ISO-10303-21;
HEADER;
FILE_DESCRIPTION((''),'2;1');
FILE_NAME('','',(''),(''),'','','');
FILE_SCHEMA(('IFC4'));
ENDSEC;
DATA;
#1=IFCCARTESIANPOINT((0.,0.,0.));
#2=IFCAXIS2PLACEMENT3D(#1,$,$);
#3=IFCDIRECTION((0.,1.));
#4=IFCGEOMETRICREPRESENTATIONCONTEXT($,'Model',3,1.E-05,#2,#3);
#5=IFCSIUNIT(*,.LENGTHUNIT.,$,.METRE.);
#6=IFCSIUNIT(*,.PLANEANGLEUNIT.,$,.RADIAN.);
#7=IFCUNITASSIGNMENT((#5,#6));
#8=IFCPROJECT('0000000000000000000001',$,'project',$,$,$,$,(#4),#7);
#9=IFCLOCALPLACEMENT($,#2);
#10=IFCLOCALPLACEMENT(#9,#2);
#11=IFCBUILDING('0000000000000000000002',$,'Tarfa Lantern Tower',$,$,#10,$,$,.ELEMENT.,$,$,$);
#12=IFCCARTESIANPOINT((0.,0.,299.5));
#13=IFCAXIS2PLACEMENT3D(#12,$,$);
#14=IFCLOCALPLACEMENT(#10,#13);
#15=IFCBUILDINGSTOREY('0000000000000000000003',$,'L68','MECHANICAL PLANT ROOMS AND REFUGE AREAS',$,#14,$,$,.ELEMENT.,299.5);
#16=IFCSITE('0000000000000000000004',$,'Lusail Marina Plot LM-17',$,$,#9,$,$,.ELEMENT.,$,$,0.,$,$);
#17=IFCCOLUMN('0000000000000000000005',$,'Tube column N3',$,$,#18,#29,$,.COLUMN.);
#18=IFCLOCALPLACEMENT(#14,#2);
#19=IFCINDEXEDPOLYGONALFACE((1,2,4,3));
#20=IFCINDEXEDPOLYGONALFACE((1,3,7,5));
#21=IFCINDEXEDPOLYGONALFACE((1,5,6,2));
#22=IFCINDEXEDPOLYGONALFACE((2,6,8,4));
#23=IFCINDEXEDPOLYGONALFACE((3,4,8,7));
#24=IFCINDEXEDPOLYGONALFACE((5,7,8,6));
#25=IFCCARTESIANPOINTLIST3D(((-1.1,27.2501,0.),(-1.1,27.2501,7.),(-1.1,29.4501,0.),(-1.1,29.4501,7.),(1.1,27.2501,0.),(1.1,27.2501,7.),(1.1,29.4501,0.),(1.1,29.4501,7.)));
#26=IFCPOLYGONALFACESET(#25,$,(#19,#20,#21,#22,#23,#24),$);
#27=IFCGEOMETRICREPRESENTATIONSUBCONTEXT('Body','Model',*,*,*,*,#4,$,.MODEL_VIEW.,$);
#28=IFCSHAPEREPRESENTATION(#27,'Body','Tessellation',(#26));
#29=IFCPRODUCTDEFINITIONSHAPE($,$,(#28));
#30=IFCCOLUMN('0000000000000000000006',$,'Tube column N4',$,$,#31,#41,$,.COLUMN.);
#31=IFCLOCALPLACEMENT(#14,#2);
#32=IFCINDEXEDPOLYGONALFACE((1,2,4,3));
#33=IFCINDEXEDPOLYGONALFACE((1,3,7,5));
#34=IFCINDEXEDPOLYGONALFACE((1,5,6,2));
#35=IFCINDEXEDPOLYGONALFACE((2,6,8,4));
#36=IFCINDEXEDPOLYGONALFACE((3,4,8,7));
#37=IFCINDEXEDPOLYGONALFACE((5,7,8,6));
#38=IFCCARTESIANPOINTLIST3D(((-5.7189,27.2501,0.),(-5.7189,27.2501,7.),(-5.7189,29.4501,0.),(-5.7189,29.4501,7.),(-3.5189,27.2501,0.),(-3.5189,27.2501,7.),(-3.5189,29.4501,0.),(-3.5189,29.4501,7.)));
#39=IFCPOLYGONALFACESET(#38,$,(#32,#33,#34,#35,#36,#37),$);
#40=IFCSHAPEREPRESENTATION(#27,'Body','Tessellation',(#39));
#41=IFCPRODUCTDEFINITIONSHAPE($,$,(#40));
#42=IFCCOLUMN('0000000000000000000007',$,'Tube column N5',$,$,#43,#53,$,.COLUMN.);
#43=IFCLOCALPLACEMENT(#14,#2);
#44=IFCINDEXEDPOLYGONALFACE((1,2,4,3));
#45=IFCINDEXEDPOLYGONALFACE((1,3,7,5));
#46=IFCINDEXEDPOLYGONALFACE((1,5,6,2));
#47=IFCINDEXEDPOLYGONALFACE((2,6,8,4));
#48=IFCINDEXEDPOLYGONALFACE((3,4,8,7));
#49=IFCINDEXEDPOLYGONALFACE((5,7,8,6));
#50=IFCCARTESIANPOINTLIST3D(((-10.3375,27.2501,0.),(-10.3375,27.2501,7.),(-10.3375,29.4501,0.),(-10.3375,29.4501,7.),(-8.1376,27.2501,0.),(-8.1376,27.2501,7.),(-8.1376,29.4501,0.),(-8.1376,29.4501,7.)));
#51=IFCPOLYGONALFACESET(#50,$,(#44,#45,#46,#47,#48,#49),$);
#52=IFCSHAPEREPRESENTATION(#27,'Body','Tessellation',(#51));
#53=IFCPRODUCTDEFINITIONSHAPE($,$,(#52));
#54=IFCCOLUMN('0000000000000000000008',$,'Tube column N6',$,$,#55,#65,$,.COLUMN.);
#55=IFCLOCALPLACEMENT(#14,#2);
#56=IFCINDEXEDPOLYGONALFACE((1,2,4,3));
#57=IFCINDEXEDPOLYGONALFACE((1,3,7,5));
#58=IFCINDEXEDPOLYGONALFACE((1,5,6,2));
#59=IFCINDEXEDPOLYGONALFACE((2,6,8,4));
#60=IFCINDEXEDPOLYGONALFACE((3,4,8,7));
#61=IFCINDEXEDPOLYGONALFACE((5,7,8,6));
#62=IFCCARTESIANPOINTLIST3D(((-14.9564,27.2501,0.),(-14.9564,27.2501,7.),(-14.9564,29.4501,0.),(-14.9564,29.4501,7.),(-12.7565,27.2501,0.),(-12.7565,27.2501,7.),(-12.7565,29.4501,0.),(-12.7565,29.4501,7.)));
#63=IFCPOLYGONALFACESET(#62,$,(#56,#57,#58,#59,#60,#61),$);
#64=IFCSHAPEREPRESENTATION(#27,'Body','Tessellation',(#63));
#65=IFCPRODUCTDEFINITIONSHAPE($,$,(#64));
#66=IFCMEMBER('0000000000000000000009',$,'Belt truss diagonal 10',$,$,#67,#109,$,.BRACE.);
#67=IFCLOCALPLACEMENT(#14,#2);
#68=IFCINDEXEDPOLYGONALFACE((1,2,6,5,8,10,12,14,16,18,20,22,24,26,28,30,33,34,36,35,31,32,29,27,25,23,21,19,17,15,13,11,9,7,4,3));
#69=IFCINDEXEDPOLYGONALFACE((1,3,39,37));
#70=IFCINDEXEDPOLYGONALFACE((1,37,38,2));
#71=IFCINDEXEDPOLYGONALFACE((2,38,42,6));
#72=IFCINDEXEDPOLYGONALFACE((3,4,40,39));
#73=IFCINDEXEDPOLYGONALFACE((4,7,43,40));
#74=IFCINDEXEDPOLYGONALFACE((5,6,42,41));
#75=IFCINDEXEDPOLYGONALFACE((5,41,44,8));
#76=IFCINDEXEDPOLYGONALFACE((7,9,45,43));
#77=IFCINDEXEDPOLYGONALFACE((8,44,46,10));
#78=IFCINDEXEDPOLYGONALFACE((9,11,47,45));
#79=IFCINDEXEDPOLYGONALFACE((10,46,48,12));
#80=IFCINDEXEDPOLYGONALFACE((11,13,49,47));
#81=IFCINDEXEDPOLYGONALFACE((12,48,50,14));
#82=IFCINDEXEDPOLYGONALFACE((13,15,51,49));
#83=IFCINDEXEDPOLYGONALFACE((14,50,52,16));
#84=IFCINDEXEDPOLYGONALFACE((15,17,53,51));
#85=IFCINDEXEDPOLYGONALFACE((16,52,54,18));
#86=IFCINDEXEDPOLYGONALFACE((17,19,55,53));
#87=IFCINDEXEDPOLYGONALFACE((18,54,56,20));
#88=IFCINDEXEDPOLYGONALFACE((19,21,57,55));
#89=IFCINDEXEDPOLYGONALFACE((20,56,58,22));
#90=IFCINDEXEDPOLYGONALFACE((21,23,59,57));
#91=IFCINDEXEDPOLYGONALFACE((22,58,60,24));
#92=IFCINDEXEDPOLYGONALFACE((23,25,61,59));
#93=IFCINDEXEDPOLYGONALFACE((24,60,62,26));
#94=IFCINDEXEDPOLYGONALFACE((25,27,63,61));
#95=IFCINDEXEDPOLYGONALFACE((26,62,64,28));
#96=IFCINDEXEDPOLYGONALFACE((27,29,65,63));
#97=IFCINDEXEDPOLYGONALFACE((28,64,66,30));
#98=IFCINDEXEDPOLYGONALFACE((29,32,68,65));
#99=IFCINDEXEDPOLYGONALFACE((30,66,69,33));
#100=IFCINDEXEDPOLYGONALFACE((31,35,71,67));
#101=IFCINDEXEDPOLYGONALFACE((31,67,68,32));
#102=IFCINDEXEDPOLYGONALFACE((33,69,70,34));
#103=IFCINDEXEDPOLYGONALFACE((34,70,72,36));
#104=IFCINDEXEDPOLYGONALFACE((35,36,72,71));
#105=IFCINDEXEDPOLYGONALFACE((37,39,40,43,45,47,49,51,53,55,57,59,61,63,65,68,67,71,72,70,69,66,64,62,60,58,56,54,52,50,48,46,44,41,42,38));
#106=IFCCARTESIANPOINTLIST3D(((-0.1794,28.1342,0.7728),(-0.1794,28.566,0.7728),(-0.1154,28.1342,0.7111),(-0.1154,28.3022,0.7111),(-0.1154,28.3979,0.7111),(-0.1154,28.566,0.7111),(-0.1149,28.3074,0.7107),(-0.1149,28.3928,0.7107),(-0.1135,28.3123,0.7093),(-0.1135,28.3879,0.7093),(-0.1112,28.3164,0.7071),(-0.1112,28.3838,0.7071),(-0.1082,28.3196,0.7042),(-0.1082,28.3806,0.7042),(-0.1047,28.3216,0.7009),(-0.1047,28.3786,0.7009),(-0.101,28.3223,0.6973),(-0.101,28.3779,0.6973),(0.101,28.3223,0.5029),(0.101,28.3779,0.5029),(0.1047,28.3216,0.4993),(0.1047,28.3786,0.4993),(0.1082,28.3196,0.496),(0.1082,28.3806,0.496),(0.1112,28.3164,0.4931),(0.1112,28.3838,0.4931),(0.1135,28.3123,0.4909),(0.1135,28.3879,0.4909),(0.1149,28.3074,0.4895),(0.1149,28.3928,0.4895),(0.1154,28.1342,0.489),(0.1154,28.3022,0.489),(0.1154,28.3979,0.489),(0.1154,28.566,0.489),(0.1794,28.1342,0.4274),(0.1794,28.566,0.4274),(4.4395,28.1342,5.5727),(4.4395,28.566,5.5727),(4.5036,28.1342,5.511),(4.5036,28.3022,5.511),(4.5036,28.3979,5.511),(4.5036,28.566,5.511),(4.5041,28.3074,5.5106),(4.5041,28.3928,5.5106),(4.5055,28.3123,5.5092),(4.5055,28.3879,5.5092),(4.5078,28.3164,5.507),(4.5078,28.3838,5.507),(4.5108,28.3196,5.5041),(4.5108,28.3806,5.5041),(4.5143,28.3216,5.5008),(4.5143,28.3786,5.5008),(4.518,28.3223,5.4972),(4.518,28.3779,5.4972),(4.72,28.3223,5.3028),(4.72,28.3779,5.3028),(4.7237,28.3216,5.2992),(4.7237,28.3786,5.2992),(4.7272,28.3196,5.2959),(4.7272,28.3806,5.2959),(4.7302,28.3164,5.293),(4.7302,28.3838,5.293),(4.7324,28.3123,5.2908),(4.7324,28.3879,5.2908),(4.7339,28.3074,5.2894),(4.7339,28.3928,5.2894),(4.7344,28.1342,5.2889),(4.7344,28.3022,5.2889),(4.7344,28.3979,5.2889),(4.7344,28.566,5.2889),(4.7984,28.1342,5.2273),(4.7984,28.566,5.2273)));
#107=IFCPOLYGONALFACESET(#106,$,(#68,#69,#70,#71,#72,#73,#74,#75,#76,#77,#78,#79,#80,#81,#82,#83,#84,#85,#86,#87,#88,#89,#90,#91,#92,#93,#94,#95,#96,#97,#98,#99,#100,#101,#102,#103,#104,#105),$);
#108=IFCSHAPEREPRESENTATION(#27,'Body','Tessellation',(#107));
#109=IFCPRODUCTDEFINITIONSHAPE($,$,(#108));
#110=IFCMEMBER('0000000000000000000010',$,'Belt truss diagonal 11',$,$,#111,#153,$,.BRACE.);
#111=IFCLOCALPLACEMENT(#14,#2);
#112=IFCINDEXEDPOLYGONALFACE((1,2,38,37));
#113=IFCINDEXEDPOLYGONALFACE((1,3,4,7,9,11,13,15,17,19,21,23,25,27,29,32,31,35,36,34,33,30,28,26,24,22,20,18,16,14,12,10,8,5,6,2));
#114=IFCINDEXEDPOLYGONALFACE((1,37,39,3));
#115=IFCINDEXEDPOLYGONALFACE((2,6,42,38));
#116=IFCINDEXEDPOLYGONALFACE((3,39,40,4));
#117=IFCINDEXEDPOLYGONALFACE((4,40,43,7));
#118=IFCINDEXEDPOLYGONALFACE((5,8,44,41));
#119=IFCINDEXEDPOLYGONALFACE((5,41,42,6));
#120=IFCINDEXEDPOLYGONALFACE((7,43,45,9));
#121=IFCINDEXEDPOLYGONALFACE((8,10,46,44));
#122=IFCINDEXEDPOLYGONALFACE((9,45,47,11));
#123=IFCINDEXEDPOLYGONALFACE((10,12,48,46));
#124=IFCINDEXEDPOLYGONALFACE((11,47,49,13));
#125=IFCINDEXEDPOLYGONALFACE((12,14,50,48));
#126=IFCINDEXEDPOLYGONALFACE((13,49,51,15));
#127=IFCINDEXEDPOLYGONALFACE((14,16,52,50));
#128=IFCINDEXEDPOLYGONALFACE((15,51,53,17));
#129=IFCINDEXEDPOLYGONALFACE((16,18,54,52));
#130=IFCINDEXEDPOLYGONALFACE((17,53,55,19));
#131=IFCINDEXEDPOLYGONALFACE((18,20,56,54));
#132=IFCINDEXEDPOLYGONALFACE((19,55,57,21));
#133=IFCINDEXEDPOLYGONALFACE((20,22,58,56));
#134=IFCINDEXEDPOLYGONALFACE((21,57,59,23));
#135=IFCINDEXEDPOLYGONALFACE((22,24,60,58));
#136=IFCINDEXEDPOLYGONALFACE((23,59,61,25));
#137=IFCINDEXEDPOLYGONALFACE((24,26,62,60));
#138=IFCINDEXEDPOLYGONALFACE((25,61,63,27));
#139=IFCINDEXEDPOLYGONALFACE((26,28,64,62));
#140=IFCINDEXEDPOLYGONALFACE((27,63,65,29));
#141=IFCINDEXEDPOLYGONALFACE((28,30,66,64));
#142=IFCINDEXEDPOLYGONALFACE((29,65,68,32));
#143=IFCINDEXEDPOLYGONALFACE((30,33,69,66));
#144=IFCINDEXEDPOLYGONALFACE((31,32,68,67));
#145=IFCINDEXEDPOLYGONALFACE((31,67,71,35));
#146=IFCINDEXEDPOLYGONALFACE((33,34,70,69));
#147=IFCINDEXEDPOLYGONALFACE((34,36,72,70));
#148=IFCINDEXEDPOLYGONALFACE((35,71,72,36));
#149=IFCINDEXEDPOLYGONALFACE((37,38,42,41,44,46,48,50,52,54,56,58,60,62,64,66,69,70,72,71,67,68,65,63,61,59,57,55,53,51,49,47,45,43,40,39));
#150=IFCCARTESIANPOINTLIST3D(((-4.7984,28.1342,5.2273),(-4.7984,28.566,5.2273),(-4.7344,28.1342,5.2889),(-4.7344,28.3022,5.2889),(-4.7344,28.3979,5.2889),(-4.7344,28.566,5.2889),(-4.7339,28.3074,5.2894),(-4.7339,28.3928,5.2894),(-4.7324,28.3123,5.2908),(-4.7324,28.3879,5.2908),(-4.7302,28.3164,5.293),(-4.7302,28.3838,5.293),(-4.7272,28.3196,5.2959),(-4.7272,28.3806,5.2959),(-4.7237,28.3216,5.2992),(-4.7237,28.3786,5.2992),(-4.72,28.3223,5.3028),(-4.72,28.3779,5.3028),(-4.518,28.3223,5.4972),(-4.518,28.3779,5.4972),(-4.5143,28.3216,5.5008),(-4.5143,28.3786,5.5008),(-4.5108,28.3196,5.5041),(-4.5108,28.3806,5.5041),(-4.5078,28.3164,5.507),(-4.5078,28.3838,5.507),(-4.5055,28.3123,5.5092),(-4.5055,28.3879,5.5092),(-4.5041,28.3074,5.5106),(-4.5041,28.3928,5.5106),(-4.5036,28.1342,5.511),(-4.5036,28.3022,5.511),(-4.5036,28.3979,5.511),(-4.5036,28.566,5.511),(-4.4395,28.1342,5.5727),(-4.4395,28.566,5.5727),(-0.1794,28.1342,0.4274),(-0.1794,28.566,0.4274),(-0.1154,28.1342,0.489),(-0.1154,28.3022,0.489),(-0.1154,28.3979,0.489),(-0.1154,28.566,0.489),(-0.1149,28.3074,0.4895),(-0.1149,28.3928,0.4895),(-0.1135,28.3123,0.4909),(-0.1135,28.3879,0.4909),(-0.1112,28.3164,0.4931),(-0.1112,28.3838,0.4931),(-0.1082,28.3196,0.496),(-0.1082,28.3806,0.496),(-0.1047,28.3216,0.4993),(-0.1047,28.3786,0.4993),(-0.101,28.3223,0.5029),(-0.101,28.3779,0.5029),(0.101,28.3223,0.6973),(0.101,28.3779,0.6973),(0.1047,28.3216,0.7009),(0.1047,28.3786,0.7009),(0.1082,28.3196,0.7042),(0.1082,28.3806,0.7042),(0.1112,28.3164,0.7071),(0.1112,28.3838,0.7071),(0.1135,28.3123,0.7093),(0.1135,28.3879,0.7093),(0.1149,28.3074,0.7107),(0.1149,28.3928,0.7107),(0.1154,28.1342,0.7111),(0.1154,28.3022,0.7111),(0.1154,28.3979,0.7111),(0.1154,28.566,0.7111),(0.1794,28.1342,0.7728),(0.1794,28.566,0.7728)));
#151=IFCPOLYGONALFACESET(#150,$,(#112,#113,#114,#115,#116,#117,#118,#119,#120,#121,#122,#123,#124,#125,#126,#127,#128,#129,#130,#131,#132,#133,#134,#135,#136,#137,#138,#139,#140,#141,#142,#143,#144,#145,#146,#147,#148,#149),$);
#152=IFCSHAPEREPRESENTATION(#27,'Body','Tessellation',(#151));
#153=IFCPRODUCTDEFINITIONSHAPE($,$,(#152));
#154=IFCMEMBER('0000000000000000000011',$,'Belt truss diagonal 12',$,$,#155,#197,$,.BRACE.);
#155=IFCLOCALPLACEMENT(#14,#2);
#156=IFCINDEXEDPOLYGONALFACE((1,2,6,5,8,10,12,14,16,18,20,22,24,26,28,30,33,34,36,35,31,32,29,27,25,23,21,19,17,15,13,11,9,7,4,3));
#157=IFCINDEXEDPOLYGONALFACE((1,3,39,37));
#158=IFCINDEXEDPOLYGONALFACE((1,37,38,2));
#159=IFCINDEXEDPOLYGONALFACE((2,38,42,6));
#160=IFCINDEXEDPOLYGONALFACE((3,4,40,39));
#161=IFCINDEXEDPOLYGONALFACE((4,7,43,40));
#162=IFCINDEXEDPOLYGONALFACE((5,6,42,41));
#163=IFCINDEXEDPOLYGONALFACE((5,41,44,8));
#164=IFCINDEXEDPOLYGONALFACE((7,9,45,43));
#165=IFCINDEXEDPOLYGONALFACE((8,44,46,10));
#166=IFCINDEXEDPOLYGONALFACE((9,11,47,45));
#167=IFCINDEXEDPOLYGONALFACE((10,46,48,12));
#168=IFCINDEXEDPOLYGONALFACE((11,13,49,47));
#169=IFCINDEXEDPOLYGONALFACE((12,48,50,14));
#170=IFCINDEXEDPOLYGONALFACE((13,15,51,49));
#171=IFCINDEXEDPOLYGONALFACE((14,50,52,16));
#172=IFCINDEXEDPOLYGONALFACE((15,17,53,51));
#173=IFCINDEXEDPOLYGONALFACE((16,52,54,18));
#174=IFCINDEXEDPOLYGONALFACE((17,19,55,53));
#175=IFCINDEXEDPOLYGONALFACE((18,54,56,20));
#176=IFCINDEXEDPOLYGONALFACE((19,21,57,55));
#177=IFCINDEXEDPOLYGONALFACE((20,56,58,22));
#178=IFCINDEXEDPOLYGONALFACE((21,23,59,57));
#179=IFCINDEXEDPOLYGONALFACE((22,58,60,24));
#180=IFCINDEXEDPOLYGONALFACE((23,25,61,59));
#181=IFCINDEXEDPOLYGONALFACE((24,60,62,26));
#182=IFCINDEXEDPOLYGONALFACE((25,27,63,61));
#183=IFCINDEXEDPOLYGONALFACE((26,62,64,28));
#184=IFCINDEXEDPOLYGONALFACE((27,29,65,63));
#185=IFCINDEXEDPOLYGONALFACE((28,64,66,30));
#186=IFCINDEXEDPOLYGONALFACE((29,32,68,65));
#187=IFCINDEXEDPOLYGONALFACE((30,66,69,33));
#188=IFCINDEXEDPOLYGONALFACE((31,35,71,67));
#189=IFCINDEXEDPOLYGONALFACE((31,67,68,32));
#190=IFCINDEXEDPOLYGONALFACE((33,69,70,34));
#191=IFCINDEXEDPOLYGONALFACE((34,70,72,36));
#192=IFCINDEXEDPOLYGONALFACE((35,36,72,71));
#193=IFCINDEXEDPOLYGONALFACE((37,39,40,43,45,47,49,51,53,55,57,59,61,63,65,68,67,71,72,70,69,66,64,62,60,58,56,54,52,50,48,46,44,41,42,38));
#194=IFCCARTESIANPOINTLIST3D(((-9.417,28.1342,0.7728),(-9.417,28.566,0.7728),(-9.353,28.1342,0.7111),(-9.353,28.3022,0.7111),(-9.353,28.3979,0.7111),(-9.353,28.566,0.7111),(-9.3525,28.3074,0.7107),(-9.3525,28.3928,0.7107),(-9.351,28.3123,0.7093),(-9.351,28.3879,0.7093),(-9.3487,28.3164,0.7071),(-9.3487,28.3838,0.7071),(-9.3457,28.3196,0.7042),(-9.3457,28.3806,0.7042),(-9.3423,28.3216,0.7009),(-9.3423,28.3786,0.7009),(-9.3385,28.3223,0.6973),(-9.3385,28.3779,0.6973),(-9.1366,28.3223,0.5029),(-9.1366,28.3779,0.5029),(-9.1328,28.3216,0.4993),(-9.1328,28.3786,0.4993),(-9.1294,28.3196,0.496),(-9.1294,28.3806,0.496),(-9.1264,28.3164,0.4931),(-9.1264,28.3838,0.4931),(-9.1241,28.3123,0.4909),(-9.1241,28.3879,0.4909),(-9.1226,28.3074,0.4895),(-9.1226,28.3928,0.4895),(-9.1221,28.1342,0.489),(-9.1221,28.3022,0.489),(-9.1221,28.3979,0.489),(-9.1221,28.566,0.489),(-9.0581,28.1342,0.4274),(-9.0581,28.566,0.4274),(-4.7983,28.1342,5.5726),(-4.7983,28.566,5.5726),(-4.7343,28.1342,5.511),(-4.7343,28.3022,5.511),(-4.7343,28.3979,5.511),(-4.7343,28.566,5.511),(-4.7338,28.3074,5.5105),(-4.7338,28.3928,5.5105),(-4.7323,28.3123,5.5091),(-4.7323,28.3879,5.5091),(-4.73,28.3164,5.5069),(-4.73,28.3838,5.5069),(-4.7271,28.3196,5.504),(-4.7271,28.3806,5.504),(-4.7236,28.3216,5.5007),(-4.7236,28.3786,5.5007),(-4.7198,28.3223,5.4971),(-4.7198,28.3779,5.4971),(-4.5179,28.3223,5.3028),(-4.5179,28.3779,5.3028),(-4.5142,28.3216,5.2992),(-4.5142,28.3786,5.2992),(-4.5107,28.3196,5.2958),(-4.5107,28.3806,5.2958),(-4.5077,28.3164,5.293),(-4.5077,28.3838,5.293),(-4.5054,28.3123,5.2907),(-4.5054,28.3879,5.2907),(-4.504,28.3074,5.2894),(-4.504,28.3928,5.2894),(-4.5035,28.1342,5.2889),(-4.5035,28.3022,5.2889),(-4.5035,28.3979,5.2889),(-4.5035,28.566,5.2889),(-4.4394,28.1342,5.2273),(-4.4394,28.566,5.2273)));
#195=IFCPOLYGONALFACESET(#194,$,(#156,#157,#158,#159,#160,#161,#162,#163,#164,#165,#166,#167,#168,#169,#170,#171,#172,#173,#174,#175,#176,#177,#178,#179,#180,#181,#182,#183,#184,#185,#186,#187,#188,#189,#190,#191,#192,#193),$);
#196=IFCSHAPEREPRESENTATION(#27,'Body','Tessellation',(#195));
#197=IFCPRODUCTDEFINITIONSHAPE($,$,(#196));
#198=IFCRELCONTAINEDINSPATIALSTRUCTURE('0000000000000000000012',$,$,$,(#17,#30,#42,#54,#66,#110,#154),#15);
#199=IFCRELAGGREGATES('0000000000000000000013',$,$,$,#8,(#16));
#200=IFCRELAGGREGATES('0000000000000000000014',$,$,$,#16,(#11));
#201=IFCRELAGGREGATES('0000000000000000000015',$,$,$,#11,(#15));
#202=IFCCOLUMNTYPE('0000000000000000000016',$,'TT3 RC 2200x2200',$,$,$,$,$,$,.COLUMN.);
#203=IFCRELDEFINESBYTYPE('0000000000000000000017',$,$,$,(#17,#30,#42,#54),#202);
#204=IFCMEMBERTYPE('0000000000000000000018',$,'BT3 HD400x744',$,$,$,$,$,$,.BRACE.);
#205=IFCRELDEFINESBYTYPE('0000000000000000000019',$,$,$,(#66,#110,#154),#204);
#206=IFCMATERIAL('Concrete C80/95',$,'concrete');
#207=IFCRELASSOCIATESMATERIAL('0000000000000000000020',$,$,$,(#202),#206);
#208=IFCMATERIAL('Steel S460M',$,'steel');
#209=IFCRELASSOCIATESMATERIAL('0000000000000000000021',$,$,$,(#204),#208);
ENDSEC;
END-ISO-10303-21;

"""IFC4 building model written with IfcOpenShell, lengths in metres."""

from ifc_helpers import new_model, si_unit, direction, frame, origin, origin_2d, place, context, subcontext, project, spatial, rectangle, i_section, extrude, material, material_profile, profile_set, type_object, element, save


model = new_model("IFC4")

# Units and contexts
model_context = context("Model", 3, precision=1e-05, world=origin(), true_north=direction((0.0, 1.0)))
body_context = subcontext(model_context, "Body", "Model", "MODEL_VIEW")
ifc_project = project(units=[si_unit("LENGTHUNIT", "METRE"), si_unit("PLANEANGLEUNIT", "RADIAN")], contexts=[model_context])

# Site, building, storey
site_placement = place(None, origin())
site = spatial("IfcSite", under=ifc_project, at=site_placement, Name="Lusail Marina Plot LM-17", CompositionType="ELEMENT", RefElevation=0.0)
building_placement = place(site_placement, origin())
building = spatial("IfcBuilding", under=site, at=building_placement, Name="Tarfa Lantern Tower", CompositionType="ELEMENT")
storey_placement = place(building_placement, frame((0.0, 0.0, 299.5)))
storey = spatial("IfcBuildingStorey", under=building, at=storey_placement, Name="L68", Description="MECHANICAL PLANT ROOMS AND REFUGE AREAS", CompositionType="ELEMENT", Elevation=299.5)

# Columns
ifc_material_1 = material(Name="Concrete C80/95", Category="concrete")
ifc_material_profile_1 = material_profile(ifc_material_1, rectangle(XDim=2.2, YDim=2.2, at=origin_2d()), Name="RC 2200x2200")
ifc_profile_set_1 = profile_set([ifc_material_profile_1], Name="Concrete C80/95")
column_type = type_object("IfcColumnType", Name="TT3 RC 2200x2200", PredefinedType="COLUMN", material=ifc_profile_set_1)
for number, where, z_axis, x_axis, name in (
    (1, (0.0, 28.3501, 0.0), (0.0, 0.0, 1.0), (-1.0, 0.0, 0.0), "Tube column N3"),
    (2, (-4.6189, 28.3501, 0.0), (0.0, 0.0, 1.0), (-1.0, 0.0, 0.0), "Tube column N4"),
    (3, (-9.2375, 28.3501, 0.0), (0.0, 0.0, 1.0), (-1.0, 0.0, 0.0), "Tube column N5"),
    (4, (-13.8564, 28.3501, 0.0), (0.0, 0.0, 1.0), (-1.0, 0.0, 0.0), "Tube column N6"),
):
    element("IfcColumn", number, at=place(storey_placement, frame(where, z_axis=z_axis, x_axis=x_axis)), inside=storey, type_object=column_type, Name=name, PredefinedType="COLUMN", context=body_context, shape_type="SweptSolid", body=[
        extrude(rectangle(XDim=2.2, YDim=2.2, at=origin_2d()), origin(), (0.0, 0.0, 1.0), 7.0),
    ])

# Members
ifc_material_2 = material(Name="Steel S460M", Category="steel")
ifc_material_profile_2 = material_profile(ifc_material_2, i_section(OverallWidth=0.4319, OverallDepth=0.498, WebThickness=0.0557, FlangeThickness=0.0889, FilletRadius=0.02, at=origin_2d()), Name="HD400x744")
ifc_profile_set_2 = profile_set([ifc_material_profile_2], Name="Steel S460M")
member_type_1 = type_object("IfcMemberType", Name="BT3 HD400x744", PredefinedType="BRACE", material=ifc_profile_set_2)
for number, where, z_axis, x_axis, name in (
    (5, (0.0, 28.3501, 0.6001), (0.693397, 0.0, 0.720556), (0.0, 1.0, 0.0), "Belt truss diagonal 10"),
    (6, (0.0, 28.3501, 0.6001), (-0.693397, 0.0, 0.720556), (0.0, -1.0, 0.0), "Belt truss diagonal 11"),
):
    element("IfcMember", number, at=place(storey_placement, frame(where, z_axis=z_axis, x_axis=x_axis)), inside=storey, type_object=member_type_1, Name=name, PredefinedType="BRACE", context=body_context, shape_type="SweptSolid", body=[
        extrude(i_section(OverallWidth=0.4319, OverallDepth=0.498, WebThickness=0.0557, FlangeThickness=0.0889, FilletRadius=0.02, at=origin_2d()), origin(), (0.0, 0.0, 1.0), 6.6614),
    ])
member_1_placement = place(storey_placement, frame((-9.2375, 28.3501, 0.6001), z_axis=(0.693378, 0.0, 0.720574), x_axis=(0.0, 1.0, 0.0)))
element("IfcMember", 7, at=member_1_placement, inside=storey, type_object=member_type_1, Name="Belt truss diagonal 12", PredefinedType="BRACE", context=body_context, shape_type="SweptSolid", body=[
    extrude(i_section(OverallWidth=0.4319, OverallDepth=0.498, WebThickness=0.0557, FlangeThickness=0.0889, FilletRadius=0.02, at=origin_2d()), origin(), (0.0, 0.0, 1.0), 6.6611),
])

save(model, "model.ifc")
